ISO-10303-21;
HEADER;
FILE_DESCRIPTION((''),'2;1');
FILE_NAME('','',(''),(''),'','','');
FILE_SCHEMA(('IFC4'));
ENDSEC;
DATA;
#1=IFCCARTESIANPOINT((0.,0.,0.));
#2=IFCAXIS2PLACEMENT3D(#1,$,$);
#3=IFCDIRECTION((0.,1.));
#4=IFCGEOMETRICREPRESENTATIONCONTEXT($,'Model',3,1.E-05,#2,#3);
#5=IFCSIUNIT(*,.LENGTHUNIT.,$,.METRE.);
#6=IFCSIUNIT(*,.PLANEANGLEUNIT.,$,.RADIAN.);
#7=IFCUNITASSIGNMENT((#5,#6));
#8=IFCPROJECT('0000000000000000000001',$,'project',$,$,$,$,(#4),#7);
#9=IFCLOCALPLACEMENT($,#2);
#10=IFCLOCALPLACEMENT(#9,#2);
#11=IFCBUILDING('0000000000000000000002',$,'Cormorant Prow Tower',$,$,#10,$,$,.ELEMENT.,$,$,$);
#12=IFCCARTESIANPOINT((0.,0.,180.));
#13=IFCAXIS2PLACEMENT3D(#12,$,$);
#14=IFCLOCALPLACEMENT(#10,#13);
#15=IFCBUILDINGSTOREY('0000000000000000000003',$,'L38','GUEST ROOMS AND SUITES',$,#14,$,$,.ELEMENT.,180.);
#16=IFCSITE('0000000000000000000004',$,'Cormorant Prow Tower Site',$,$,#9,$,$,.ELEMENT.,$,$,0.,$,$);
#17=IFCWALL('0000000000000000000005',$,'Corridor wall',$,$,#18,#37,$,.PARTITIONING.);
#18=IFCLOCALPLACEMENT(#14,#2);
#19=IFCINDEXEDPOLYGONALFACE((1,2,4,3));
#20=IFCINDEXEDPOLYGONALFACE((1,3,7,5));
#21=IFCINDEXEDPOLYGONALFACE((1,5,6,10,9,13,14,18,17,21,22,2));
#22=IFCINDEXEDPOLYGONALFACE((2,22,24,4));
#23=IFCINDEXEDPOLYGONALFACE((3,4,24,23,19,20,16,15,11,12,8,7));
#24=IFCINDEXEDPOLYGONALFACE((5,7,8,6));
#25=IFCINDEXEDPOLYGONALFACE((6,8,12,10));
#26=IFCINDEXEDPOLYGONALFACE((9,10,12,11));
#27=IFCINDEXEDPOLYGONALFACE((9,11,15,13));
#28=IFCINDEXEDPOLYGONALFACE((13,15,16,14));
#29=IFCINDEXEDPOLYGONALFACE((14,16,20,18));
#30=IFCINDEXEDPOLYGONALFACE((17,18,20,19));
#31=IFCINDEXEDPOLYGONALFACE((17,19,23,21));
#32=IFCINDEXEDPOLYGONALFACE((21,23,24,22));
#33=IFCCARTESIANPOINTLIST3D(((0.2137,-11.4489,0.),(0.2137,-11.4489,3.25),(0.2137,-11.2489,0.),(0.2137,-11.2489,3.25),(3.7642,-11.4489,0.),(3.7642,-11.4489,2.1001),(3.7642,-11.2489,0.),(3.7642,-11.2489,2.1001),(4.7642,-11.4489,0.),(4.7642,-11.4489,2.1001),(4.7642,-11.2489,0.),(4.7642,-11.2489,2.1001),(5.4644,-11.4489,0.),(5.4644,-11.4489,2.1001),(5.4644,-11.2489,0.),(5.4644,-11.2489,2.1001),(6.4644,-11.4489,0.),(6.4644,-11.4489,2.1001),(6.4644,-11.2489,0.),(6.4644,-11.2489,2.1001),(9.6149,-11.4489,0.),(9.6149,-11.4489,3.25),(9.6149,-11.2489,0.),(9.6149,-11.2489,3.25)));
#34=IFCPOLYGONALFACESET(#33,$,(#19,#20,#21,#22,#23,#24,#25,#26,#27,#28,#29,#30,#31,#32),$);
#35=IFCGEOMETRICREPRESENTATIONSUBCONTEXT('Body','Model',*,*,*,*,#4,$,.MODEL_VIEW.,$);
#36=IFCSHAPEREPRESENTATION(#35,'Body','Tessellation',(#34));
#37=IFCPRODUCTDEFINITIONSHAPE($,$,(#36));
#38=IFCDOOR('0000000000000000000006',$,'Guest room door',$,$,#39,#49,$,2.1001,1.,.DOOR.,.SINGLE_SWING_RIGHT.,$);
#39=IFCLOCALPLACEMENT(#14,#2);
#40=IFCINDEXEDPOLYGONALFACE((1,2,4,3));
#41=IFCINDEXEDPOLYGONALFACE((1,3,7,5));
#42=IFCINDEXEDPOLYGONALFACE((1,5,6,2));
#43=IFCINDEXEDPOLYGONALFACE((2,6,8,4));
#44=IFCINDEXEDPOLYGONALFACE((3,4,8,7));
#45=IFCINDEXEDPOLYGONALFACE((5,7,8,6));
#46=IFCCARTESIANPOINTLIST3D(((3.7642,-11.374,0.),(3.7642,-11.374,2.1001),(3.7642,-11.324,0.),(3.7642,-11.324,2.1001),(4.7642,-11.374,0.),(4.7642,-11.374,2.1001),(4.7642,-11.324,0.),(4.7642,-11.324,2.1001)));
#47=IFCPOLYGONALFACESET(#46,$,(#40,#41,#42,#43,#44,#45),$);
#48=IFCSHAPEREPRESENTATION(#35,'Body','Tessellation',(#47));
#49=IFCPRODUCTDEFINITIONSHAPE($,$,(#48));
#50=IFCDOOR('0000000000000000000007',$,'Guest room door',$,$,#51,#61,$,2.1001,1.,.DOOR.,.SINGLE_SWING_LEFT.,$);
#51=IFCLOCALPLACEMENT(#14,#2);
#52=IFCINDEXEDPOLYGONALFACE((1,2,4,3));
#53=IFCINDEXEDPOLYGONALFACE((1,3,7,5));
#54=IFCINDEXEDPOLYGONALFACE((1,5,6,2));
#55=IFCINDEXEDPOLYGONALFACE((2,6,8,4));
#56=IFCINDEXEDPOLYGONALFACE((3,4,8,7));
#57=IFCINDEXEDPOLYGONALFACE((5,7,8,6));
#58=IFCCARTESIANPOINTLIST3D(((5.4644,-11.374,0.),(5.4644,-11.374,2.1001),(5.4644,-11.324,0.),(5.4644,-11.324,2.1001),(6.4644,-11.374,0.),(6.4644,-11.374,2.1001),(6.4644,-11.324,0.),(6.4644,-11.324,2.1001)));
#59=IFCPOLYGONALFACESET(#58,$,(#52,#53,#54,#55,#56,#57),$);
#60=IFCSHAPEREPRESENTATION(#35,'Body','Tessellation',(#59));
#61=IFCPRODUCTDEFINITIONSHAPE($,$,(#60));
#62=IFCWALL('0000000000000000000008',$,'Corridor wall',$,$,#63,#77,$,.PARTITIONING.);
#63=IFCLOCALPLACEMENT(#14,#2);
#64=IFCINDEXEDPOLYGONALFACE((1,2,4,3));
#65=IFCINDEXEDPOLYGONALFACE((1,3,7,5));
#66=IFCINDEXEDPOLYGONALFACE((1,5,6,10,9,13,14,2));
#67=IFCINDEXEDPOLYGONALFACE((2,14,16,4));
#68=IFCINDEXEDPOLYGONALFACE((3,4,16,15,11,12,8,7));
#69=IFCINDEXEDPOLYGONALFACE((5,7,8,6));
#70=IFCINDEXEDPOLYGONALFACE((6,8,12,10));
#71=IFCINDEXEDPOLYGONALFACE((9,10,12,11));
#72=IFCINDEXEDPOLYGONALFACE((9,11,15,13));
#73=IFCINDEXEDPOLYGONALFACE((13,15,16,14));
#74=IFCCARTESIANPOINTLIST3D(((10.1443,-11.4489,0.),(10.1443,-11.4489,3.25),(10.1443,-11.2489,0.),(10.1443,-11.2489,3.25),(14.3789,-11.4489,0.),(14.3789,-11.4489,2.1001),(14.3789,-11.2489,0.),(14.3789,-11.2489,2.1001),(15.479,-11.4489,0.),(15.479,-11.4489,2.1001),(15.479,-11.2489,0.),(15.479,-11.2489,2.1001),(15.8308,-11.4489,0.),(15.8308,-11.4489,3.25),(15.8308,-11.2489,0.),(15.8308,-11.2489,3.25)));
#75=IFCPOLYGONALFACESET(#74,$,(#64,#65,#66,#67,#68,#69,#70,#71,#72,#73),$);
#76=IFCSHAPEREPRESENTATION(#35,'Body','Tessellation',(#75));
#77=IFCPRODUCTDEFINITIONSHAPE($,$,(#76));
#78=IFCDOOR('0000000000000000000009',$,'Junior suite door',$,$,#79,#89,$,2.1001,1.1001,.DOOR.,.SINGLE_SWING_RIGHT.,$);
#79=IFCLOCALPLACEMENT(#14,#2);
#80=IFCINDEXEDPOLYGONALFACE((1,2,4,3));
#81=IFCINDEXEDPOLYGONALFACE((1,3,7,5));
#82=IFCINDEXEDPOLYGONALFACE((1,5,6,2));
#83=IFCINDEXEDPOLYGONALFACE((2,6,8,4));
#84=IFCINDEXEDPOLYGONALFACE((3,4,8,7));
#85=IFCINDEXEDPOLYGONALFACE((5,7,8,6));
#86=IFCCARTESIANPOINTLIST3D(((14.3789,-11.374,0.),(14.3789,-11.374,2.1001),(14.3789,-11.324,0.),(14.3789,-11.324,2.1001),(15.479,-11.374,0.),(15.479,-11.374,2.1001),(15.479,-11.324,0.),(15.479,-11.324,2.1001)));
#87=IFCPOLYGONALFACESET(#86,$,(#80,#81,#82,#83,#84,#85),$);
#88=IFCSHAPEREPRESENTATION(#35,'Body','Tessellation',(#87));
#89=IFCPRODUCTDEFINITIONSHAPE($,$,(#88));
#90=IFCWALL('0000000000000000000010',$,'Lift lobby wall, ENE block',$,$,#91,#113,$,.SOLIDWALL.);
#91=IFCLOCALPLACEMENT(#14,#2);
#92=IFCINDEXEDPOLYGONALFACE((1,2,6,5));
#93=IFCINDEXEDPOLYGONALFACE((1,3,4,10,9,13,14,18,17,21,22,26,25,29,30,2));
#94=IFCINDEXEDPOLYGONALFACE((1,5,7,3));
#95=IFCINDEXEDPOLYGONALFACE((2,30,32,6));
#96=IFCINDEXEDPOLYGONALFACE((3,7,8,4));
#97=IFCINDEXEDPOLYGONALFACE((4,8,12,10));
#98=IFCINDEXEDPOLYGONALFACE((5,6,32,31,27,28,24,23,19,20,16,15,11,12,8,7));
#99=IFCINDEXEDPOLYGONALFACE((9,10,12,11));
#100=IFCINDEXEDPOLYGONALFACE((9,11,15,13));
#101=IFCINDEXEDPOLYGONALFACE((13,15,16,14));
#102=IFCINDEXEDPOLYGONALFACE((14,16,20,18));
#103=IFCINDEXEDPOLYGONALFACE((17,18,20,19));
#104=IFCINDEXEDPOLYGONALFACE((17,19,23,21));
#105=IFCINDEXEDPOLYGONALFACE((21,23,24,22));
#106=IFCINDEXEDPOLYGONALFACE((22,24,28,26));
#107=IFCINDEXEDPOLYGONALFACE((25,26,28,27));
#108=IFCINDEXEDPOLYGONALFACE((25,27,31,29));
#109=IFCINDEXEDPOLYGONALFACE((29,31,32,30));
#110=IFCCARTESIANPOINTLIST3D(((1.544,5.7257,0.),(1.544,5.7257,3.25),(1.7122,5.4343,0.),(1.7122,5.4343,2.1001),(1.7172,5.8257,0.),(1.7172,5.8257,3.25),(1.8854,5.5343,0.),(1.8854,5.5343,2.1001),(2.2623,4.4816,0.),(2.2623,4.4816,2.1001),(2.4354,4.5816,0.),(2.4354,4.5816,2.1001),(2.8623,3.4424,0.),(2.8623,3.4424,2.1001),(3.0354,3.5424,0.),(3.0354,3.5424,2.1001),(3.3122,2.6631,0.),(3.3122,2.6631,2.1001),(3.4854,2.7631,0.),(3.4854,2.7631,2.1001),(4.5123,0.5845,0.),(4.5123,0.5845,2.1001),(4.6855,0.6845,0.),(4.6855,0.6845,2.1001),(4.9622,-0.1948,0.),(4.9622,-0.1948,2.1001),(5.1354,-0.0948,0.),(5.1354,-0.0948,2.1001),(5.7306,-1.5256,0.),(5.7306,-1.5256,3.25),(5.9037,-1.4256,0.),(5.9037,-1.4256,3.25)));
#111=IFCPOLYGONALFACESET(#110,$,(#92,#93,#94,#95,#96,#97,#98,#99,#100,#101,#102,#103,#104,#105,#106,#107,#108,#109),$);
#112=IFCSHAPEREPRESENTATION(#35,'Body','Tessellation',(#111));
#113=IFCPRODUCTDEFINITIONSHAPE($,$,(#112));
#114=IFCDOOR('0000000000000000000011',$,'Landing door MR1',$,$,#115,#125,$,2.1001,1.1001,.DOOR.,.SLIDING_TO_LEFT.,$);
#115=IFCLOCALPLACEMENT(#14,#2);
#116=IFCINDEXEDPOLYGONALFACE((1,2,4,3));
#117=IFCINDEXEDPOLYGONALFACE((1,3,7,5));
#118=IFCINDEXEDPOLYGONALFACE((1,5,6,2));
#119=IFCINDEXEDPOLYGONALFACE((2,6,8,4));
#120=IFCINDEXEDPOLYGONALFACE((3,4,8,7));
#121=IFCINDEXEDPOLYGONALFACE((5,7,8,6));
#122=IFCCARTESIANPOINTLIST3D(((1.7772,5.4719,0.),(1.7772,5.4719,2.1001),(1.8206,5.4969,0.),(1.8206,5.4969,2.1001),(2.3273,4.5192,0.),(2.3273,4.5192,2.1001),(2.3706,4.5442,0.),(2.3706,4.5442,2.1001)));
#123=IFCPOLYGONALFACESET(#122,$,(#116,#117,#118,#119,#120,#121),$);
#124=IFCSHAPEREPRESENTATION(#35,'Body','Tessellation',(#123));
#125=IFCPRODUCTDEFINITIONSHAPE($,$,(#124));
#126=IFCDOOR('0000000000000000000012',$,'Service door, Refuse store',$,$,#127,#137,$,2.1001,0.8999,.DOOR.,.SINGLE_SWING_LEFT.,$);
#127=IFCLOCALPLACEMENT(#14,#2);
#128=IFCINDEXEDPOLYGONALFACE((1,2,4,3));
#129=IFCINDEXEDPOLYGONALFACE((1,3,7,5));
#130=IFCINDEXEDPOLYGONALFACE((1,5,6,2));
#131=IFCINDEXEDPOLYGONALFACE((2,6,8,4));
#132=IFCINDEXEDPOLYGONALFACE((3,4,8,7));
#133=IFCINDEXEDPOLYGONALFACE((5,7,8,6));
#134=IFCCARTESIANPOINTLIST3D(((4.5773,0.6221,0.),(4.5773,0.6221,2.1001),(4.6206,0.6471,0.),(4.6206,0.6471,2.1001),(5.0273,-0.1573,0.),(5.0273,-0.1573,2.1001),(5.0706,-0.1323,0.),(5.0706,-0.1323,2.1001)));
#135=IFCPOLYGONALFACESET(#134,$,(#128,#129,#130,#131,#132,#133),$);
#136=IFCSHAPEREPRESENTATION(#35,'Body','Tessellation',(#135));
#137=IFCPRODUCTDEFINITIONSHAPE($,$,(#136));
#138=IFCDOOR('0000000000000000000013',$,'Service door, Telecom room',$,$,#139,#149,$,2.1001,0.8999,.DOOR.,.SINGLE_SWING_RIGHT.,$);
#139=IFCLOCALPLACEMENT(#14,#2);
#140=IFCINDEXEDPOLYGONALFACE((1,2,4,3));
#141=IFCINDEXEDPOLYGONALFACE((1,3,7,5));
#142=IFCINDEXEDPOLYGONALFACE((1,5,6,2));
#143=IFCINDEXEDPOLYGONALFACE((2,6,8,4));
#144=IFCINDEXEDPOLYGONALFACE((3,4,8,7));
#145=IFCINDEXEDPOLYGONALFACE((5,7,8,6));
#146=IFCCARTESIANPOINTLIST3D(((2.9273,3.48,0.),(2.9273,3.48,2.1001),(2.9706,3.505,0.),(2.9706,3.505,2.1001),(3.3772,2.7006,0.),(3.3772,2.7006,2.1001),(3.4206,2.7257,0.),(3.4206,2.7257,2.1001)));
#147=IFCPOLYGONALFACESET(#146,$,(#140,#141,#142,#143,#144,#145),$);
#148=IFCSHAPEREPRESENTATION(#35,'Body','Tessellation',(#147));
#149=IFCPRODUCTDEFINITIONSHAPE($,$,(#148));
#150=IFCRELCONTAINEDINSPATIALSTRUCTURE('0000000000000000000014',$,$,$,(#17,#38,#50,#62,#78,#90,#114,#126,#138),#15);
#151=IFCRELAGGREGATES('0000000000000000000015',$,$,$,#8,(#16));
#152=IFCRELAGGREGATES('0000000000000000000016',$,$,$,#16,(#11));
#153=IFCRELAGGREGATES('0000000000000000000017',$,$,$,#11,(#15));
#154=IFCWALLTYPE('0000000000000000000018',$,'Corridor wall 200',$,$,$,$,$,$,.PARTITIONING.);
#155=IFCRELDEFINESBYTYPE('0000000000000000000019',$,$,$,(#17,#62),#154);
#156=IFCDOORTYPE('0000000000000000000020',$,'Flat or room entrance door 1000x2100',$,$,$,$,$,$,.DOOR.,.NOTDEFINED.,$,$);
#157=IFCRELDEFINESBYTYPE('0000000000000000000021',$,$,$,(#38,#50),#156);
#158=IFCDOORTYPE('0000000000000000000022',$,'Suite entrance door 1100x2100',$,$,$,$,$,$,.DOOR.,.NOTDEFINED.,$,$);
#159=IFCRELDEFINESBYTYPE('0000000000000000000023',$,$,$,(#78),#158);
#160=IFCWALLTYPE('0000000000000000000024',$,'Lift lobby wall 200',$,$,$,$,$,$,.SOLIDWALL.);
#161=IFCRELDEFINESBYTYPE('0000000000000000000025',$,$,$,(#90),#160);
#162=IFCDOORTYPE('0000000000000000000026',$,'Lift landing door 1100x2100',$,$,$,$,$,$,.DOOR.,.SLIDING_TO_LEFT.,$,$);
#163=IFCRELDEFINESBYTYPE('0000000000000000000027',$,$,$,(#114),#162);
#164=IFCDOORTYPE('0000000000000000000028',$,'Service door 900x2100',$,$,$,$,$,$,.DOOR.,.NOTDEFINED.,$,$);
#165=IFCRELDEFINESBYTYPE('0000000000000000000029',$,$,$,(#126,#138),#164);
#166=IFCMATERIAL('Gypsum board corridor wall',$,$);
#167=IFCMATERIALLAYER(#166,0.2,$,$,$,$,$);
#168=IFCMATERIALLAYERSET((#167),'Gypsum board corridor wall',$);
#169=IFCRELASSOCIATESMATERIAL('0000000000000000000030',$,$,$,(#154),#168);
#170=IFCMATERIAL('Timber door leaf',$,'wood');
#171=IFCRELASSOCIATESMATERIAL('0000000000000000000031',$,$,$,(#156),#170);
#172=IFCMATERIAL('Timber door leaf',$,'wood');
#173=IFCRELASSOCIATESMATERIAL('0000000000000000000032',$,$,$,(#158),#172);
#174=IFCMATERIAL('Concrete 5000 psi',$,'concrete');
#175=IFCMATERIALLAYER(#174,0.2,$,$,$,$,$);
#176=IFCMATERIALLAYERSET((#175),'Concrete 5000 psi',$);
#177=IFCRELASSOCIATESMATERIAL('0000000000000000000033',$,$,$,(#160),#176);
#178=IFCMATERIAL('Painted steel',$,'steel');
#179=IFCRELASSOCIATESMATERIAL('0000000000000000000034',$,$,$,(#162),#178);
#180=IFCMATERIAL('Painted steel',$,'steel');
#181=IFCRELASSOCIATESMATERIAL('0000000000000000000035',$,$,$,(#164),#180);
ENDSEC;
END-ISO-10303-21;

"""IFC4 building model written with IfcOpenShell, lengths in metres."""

from ifc_helpers import new_model, si_unit, direction, frame, frame_2d, origin, place, context, subcontext, project, spatial, rectangle, extrude, material, layer, layer_set, type_object, element, fill, save


model = new_model("IFC4")

# Units and contexts
model_context = context("Model", 3, precision=1e-05, world=origin(), true_north=direction((0.0, 1.0)))
body_context = subcontext(model_context, "Body", "Model", "MODEL_VIEW")
ifc_project = project(units=[si_unit("LENGTHUNIT", "METRE"), si_unit("PLANEANGLEUNIT", "RADIAN")], contexts=[model_context])

# Site, building, storey
site_placement = place(None, origin())
site = spatial("IfcSite", under=ifc_project, at=site_placement, Name="Cormorant Prow Tower Site", CompositionType="ELEMENT", RefElevation=0.0)
building_placement = place(site_placement, origin())
building = spatial("IfcBuilding", under=site, at=building_placement, Name="Cormorant Prow Tower", CompositionType="ELEMENT")
storey_placement = place(building_placement, frame((0.0, 0.0, 180.0)))
storey = spatial("IfcBuildingStorey", under=building, at=storey_placement, Name="L38", Description="GUEST ROOMS AND SUITES", CompositionType="ELEMENT", Elevation=180.0)

# Wall, openings, doors
ifc_material_1 = material(Name="Gypsum board corridor wall")
ifc_layer_1 = layer(ifc_material_1, 0.2)
ifc_layer_set_1 = layer_set([ifc_layer_1], Name="Gypsum board corridor wall")
wall_type_1 = type_object("IfcWallType", Name="Corridor wall 200", PredefinedType="PARTITIONING", material=ifc_layer_set_1)
wall_1_placement = place(storey_placement, frame((0.2136, -11.3489, 0.0), z_axis=(0.0, 0.0, 1.0), x_axis=(1.0, 0.0, 0.0)))
wall_1 = element("IfcWall", 1, at=wall_1_placement, inside=storey, type_object=wall_type_1, Name="Corridor wall", PredefinedType="PARTITIONING", context=body_context, shape_type="SweptSolid", body=[
    extrude(rectangle(XDim=9.4011, YDim=0.2, at=frame_2d((4.7007, 0.0))), origin(), (0.0, 0.0, 1.0), 3.25),
])
opening_1_placement = place(wall_1_placement, frame((3.5505, 0.0, 0.0)))
opening_1 = element("IfcOpeningElement", 2, at=opening_1_placement, cuts=wall_1, PredefinedType="OPENING", context=body_context, shape_type="SweptSolid", body=[
    extrude(rectangle(XDim=1.0, YDim=2.1001, at=frame_2d((0.5, 1.05))), frame((0.0, 0.1099, 0.0), z_axis=(0.0, -1.0, 0.0), x_axis=(1.0, 0.0, 0.0)), (0.0, 0.0, 1.0), 0.22),
])
opening_2_placement = place(wall_1_placement, frame((5.2507, 0.0, 0.0)))
opening_2 = element("IfcOpeningElement", 3, at=opening_2_placement, cuts=wall_1, PredefinedType="OPENING", context=body_context, shape_type="SweptSolid", body=[
    extrude(rectangle(XDim=1.0, YDim=2.1001, at=frame_2d((0.5, 1.05))), frame((0.0, 0.1099, 0.0), z_axis=(0.0, -1.0, 0.0), x_axis=(1.0, 0.0, 0.0)), (0.0, 0.0, 1.0), 0.22),
])
ifc_material_2 = material(Name="Timber door leaf", Category="wood")
door_type_1 = type_object("IfcDoorType", Name="Flat or room entrance door 1000x2100", OperationType="NOTDEFINED", PredefinedType="DOOR", material=ifc_material_2)
door_1_placement = place(opening_1_placement, origin())
door_1 = element("IfcDoor", 4, at=door_1_placement, inside=storey, type_object=door_type_1, Name="Guest room door", OperationType="SINGLE_SWING_RIGHT", OverallHeight=2.1001, OverallWidth=1.0, PredefinedType="DOOR", context=body_context, shape_type="SweptSolid", body=[
    extrude(rectangle(XDim=1.0, YDim=2.1001, at=frame_2d((0.5, 1.05))), frame((0.0, 0.0249, 0.0), z_axis=(0.0, -1.0, 0.0), x_axis=(1.0, 0.0, 0.0)), (0.0, 0.0, 1.0), 0.05),
])
fill(opening_1, door_1)
door_2_placement = place(opening_2_placement, origin())
door_2 = element("IfcDoor", 5, at=door_2_placement, inside=storey, type_object=door_type_1, Name="Guest room door", OperationType="SINGLE_SWING_LEFT", OverallHeight=2.1001, OverallWidth=1.0, PredefinedType="DOOR", context=body_context, shape_type="SweptSolid", body=[
    extrude(rectangle(XDim=1.0, YDim=2.1001, at=frame_2d((0.5, 1.05))), frame((0.0, 0.0249, 0.0), z_axis=(0.0, -1.0, 0.0), x_axis=(1.0, 0.0, 0.0)), (0.0, 0.0, 1.0), 0.05),
])
fill(opening_2, door_2)

# Wall, opening, door
wall_2_placement = place(storey_placement, frame((10.1443, -11.3489, 0.0), z_axis=(0.0, 0.0, 1.0), x_axis=(1.0, 0.0, 0.0)))
wall_2 = element("IfcWall", 6, at=wall_2_placement, inside=storey, type_object=wall_type_1, Name="Corridor wall", PredefinedType="PARTITIONING", context=body_context, shape_type="SweptSolid", body=[
    extrude(rectangle(XDim=5.6865, YDim=0.2, at=frame_2d((2.8433, 0.0))), origin(), (0.0, 0.0, 1.0), 3.25),
])
opening_3_placement = place(wall_2_placement, frame((4.2346, 0.0, 0.0)))
opening_3 = element("IfcOpeningElement", 7, at=opening_3_placement, cuts=wall_2, PredefinedType="OPENING", context=body_context, shape_type="SweptSolid", body=[
    extrude(rectangle(XDim=1.1001, YDim=2.1001, at=frame_2d((0.55, 1.05))), frame((0.0, 0.1099, 0.0), z_axis=(0.0, -1.0, 0.0), x_axis=(1.0, 0.0, 0.0)), (0.0, 0.0, 1.0), 0.22),
])
ifc_material_3 = material(Name="Timber door leaf", Category="wood")
door_type_2 = type_object("IfcDoorType", Name="Suite entrance door 1100x2100", OperationType="NOTDEFINED", PredefinedType="DOOR", material=ifc_material_3)
door_3_placement = place(opening_3_placement, origin())
door_3 = element("IfcDoor", 8, at=door_3_placement, inside=storey, type_object=door_type_2, Name="Junior suite door", OperationType="SINGLE_SWING_RIGHT", OverallHeight=2.1001, OverallWidth=1.1001, PredefinedType="DOOR", context=body_context, shape_type="SweptSolid", body=[
    extrude(rectangle(XDim=1.1001, YDim=2.1001, at=frame_2d((0.55, 1.05))), frame((0.0, 0.0249, 0.0), z_axis=(0.0, -1.0, 0.0), x_axis=(1.0, 0.0, 0.0)), (0.0, 0.0, 1.0), 0.05),
])
fill(opening_3, door_3)

# Wall, openings, doors
ifc_material_4 = material(Name="Concrete 5000 psi", Category="concrete")
ifc_layer_2 = layer(ifc_material_4, 0.2)
ifc_layer_set_2 = layer_set([ifc_layer_2], Name="Concrete 5000 psi")
wall_type_2 = type_object("IfcWallType", Name="Lift lobby wall 200", PredefinedType="SOLIDWALL", material=ifc_layer_set_2)
wall_3_placement = place(storey_placement, frame((5.8171, -1.4756, 0.0), z_axis=(0.0, 0.0, 1.0), x_axis=(-0.500003, 0.866024, 0.0)))
wall_3 = element("IfcWall", 9, at=wall_3_placement, inside=storey, type_object=wall_type_2, Name="Lift lobby wall, ENE block", PredefinedType="SOLIDWALL", context=body_context, shape_type="SweptSolid", body=[
    extrude(rectangle(XDim=8.373, YDim=0.2, at=frame_2d((4.1865, 0.0))), origin(), (0.0, 0.0, 1.0), 3.25),
])
opening_4_placement = place(wall_3_placement, frame((1.5366, 0.0, 0.0)))
opening_4 = element("IfcOpeningElement", 10, at=opening_4_placement, cuts=wall_3, PredefinedType="OPENING", context=body_context, shape_type="SweptSolid", body=[
    extrude(rectangle(XDim=0.8999, YDim=2.1001, at=frame_2d((0.45, 1.05))), frame((0.0, 0.1099, 0.0), z_axis=(0.0, -1.0, 0.0), x_axis=(1.0, 0.0, 0.0)), (0.0, 0.0, 1.0), 0.22),
])
opening_5_placement = place(wall_3_placement, frame((4.8367, 0.0, 0.0)))
opening_5 = element("IfcOpeningElement", 11, at=opening_5_placement, cuts=wall_3, PredefinedType="OPENING", context=body_context, shape_type="SweptSolid", body=[
    extrude(rectangle(XDim=0.8999, YDim=2.1001, at=frame_2d((0.45, 1.05))), frame((0.0, 0.1099, 0.0), z_axis=(0.0, -1.0, 0.0), x_axis=(1.0, 0.0, 0.0)), (0.0, 0.0, 1.0), 0.22),
])
opening_6_placement = place(wall_3_placement, frame((6.9365, 0.0, 0.0)))
opening_6 = element("IfcOpeningElement", 12, at=opening_6_placement, cuts=wall_3, PredefinedType="OPENING", context=body_context, shape_type="SweptSolid", body=[
    extrude(rectangle(XDim=1.1001, YDim=2.1001, at=frame_2d((0.55, 1.05))), frame((0.0, 0.1099, 0.0), z_axis=(0.0, -1.0, 0.0), x_axis=(1.0, 0.0, 0.0)), (0.0, 0.0, 1.0), 0.22),
])
ifc_material_5 = material(Name="Painted steel", Category="steel")
door_type_3 = type_object("IfcDoorType", Name="Lift landing door 1100x2100", OperationType="SLIDING_TO_LEFT", PredefinedType="DOOR", material=ifc_material_5)
door_4_placement = place(opening_6_placement, origin())
door_4 = element("IfcDoor", 13, at=door_4_placement, inside=storey, type_object=door_type_3, Name="Landing door MR1", OperationType="SLIDING_TO_LEFT", OverallHeight=2.1001, OverallWidth=1.1001, PredefinedType="DOOR", context=body_context, shape_type="SweptSolid", body=[
    extrude(rectangle(XDim=1.1001, YDim=2.1001, at=frame_2d((0.55, 1.05))), frame((0.0, 0.0249, 0.0), z_axis=(0.0, -1.0, 0.0), x_axis=(1.0, 0.0, 0.0)), (0.0, 0.0, 1.0), 0.05),
])
fill(opening_6, door_4)
ifc_material_6 = material(Name="Painted steel", Category="steel")
door_type_4 = type_object("IfcDoorType", Name="Service door 900x2100", OperationType="NOTDEFINED", PredefinedType="DOOR", material=ifc_material_6)
door_5_placement = place(opening_4_placement, origin())
door_5 = element("IfcDoor", 14, at=door_5_placement, inside=storey, type_object=door_type_4, Name="Service door, Refuse store", OperationType="SINGLE_SWING_LEFT", OverallHeight=2.1001, OverallWidth=0.8999, PredefinedType="DOOR", context=body_context, shape_type="SweptSolid", body=[
    extrude(rectangle(XDim=0.8999, YDim=2.1001, at=frame_2d((0.45, 1.05))), frame((0.0, 0.0249, 0.0), z_axis=(0.0, -1.0, 0.0), x_axis=(1.0, 0.0, 0.0)), (0.0, 0.0, 1.0), 0.05),
])
fill(opening_4, door_5)
door_6_placement = place(opening_5_placement, origin())
door_6 = element("IfcDoor", 15, at=door_6_placement, inside=storey, type_object=door_type_4, Name="Service door, Telecom room", OperationType="SINGLE_SWING_RIGHT", OverallHeight=2.1001, OverallWidth=0.8999, PredefinedType="DOOR", context=body_context, shape_type="SweptSolid", body=[
    extrude(rectangle(XDim=0.8999, YDim=2.1001, at=frame_2d((0.45, 1.05))), frame((0.0, 0.0249, 0.0), z_axis=(0.0, -1.0, 0.0), x_axis=(1.0, 0.0, 0.0)), (0.0, 0.0, 1.0), 0.05),
])
fill(opening_5, door_6)

save(model, "model.ifc")
